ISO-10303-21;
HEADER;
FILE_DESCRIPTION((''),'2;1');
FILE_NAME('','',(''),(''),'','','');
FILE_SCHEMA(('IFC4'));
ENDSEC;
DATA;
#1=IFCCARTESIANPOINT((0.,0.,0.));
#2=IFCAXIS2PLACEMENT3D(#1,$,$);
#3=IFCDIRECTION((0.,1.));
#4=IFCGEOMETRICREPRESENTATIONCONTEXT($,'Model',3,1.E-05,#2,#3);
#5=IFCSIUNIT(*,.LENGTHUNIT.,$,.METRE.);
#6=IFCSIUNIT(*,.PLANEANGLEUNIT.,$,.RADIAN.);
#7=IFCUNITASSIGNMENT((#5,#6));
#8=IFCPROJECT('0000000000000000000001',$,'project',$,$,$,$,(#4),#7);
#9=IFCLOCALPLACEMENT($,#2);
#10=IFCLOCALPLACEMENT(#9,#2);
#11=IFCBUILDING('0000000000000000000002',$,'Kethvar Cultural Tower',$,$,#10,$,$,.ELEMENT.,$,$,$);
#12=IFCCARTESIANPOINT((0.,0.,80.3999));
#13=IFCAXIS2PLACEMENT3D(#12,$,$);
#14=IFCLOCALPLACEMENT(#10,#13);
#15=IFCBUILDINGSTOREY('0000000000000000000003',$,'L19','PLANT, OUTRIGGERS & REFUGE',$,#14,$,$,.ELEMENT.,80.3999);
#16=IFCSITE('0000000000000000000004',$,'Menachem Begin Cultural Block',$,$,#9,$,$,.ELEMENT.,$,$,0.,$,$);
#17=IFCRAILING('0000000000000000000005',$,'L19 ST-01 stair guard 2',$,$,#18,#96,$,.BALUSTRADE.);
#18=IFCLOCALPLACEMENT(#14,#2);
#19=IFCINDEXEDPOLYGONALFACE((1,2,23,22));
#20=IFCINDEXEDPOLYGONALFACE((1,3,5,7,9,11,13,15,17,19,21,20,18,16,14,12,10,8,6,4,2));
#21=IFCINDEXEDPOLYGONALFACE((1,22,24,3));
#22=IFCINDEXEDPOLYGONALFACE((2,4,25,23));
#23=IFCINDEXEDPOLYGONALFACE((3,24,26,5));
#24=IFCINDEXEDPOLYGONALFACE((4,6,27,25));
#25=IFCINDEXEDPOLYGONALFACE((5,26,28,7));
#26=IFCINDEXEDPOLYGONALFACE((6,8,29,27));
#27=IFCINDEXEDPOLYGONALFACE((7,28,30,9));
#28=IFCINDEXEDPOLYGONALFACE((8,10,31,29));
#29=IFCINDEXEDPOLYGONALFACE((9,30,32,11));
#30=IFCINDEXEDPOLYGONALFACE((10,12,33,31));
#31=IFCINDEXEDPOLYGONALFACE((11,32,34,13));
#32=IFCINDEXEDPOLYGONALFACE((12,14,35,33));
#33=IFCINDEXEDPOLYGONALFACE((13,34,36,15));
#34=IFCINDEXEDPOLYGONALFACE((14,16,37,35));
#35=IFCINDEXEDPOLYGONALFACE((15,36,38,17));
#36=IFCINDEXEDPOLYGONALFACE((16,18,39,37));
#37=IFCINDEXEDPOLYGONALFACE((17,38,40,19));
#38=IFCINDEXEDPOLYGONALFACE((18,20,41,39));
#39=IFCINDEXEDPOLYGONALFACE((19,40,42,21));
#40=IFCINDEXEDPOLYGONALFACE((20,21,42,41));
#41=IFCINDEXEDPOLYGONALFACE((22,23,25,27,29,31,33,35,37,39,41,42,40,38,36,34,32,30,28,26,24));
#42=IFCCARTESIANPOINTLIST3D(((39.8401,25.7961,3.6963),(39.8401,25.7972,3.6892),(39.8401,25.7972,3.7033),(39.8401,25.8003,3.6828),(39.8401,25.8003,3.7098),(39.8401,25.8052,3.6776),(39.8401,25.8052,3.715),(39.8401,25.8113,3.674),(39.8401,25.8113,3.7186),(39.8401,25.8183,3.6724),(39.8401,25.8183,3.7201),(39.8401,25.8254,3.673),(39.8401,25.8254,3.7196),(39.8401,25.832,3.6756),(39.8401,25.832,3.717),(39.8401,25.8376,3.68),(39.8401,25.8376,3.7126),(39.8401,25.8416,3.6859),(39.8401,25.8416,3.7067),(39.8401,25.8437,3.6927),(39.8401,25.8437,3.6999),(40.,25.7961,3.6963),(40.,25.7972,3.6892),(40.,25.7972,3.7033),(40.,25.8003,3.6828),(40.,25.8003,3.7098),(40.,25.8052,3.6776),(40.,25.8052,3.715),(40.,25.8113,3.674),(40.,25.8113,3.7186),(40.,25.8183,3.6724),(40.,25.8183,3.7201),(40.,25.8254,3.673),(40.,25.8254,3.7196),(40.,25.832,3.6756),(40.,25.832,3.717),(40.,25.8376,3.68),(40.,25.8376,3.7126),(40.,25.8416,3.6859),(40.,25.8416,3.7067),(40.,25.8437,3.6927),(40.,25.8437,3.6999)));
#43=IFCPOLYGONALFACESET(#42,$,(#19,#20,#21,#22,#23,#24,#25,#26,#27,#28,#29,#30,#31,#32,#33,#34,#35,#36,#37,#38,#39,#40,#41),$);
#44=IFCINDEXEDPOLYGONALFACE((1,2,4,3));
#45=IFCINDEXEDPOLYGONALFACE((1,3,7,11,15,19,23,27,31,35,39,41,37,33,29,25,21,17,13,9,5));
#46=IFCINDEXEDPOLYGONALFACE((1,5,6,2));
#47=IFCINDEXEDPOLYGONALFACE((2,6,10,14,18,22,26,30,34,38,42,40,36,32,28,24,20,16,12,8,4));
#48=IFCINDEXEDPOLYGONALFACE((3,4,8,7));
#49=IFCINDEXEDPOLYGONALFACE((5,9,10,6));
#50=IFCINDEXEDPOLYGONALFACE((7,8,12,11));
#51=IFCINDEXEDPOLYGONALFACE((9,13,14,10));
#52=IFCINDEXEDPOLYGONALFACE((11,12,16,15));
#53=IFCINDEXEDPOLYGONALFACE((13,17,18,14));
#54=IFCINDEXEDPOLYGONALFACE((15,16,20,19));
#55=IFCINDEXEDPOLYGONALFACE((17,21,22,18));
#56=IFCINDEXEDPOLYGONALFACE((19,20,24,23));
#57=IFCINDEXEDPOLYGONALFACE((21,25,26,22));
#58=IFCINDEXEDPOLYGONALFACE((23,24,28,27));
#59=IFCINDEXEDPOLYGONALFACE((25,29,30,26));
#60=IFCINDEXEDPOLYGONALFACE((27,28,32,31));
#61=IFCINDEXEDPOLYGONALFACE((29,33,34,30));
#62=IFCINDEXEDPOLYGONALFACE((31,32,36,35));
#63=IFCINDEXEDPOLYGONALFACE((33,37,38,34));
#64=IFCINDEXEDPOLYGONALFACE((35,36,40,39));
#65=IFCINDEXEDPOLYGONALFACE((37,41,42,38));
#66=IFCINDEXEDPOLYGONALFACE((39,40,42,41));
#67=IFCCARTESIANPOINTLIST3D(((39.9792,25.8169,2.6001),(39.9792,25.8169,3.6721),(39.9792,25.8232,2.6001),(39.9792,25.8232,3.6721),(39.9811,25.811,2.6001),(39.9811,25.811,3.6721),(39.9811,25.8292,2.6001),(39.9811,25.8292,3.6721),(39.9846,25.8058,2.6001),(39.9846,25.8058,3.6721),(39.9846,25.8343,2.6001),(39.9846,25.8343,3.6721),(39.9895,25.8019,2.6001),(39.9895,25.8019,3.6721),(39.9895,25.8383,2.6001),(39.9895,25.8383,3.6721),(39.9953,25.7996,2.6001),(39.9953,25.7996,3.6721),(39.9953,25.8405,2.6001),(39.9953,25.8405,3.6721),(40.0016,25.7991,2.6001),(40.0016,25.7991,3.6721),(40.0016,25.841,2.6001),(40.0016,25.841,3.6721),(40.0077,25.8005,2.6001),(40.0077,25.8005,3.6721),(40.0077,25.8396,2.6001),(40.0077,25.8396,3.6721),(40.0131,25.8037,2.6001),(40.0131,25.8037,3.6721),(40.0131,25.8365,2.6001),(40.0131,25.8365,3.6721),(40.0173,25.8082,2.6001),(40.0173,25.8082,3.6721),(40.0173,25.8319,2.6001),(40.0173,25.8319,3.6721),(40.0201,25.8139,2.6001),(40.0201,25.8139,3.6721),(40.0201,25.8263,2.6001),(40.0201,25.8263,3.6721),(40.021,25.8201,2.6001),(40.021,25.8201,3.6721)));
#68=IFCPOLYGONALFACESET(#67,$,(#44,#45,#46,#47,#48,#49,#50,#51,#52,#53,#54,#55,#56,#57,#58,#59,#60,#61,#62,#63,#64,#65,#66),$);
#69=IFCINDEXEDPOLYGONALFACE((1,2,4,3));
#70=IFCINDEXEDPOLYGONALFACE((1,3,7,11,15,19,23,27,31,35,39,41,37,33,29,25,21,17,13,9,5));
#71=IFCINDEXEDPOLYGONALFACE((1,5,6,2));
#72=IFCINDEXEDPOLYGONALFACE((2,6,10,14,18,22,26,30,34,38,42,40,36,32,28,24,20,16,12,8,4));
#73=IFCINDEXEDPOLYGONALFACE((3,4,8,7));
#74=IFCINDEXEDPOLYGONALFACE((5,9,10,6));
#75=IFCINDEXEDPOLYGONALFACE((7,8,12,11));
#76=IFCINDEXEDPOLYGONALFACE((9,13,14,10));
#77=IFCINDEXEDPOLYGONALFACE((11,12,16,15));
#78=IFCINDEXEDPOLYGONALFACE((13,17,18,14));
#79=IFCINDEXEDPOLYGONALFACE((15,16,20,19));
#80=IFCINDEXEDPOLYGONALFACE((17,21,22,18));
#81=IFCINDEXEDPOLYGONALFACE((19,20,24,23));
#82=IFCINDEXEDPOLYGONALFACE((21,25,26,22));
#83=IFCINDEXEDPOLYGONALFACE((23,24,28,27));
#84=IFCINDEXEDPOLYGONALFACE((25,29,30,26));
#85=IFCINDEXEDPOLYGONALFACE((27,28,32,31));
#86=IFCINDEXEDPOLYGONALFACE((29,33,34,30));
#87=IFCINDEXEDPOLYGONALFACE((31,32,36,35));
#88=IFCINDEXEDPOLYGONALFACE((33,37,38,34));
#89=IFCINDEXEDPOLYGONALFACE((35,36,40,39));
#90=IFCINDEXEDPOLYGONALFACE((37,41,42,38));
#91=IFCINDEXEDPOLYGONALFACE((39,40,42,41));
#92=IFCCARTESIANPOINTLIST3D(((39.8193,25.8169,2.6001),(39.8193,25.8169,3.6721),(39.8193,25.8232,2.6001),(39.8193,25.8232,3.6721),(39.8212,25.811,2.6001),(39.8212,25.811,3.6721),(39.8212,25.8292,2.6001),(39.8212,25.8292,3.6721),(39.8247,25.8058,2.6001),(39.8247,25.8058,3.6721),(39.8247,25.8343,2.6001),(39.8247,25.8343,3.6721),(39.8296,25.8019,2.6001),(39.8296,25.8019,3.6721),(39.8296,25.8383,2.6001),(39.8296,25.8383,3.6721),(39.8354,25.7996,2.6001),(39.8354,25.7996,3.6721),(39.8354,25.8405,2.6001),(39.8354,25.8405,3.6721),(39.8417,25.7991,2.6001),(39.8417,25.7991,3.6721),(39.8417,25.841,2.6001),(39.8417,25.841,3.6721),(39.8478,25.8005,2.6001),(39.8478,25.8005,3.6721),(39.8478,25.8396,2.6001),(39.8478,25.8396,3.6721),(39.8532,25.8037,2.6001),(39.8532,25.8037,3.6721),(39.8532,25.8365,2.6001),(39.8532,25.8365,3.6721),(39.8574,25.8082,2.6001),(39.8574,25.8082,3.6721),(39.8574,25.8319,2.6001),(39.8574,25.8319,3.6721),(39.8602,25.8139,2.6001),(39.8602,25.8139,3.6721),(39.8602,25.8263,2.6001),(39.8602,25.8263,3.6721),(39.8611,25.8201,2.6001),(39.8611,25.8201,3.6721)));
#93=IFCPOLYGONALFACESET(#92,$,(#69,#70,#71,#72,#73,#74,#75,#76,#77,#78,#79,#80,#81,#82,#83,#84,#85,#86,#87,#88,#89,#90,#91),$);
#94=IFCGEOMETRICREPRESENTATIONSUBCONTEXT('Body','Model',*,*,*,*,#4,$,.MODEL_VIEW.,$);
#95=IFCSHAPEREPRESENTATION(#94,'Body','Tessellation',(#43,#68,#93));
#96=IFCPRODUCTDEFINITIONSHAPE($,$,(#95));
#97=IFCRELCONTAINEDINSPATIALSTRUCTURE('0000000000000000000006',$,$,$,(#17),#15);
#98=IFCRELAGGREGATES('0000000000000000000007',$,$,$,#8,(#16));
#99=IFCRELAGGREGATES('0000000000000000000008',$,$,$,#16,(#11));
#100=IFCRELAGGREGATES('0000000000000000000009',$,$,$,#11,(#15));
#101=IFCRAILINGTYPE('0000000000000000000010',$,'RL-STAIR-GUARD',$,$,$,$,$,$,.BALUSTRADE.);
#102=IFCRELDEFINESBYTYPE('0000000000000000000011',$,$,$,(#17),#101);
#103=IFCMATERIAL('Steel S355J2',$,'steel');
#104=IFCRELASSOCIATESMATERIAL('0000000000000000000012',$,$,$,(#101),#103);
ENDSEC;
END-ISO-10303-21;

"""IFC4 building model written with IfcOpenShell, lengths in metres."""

from ifc_helpers import new_model, si_unit, direction, frame, origin, origin_2d, place, context, subcontext, project, spatial, circle, extrude, material, type_object, element, save


model = new_model("IFC4")

# Units and contexts
model_context = context("Model", 3, precision=1e-05, world=origin(), true_north=direction((0.0, 1.0)))
body_context = subcontext(model_context, "Body", "Model", "MODEL_VIEW")
ifc_project = project(units=[si_unit("LENGTHUNIT", "METRE"), si_unit("PLANEANGLEUNIT", "RADIAN")], contexts=[model_context])

# Site, building, storey
site_placement = place(None, origin())
site = spatial("IfcSite", under=ifc_project, at=site_placement, Name="Menachem Begin Cultural Block", CompositionType="ELEMENT", RefElevation=0.0)
building_placement = place(site_placement, origin())
building = spatial("IfcBuilding", under=site, at=building_placement, Name="Kethvar Cultural Tower", CompositionType="ELEMENT")
storey_placement = place(building_placement, frame((0.0, 0.0, 80.3999)))
storey = spatial("IfcBuildingStorey", under=building, at=storey_placement, Name="L19", Description="PLANT, OUTRIGGERS & REFUGE", CompositionType="ELEMENT", Elevation=80.3999)

# Shared definitions
ifc_material_1 = material(Name="Steel S355J2", Category="steel")

# Railing
railing_type_1 = type_object("IfcRailingType", Name="RL-STAIR-GUARD", PredefinedType="BALUSTRADE", material=ifc_material_1)
railing_1_placement = place(storey_placement, frame((40.0, 25.8201, 2.6001)))
element("IfcRailing", 1, at=railing_1_placement, inside=storey, type_object=railing_type_1, Name="L19 ST-01 stair guard 2", PredefinedType="BALUSTRADE", context=body_context, shape_type="SweptSolid", body=[
    extrude(circle(Radius=0.0239, at=origin_2d()), frame((0.0, 0.0, 1.0962), z_axis=(-1.0, 0.0, 0.0), x_axis=(0.0, -1.0, 0.0)), (0.0, 0.0, 1.0), 0.1599),
    extrude(circle(Radius=0.021, at=origin_2d()), origin(), (0.0, 0.0, 1.0), 1.072),
    extrude(circle(Radius=0.021, at=origin_2d()), frame((-0.1599, 0.0, 0.0)), (0.0, 0.0, 1.0), 1.072),
])

save(model, "model.ifc")
